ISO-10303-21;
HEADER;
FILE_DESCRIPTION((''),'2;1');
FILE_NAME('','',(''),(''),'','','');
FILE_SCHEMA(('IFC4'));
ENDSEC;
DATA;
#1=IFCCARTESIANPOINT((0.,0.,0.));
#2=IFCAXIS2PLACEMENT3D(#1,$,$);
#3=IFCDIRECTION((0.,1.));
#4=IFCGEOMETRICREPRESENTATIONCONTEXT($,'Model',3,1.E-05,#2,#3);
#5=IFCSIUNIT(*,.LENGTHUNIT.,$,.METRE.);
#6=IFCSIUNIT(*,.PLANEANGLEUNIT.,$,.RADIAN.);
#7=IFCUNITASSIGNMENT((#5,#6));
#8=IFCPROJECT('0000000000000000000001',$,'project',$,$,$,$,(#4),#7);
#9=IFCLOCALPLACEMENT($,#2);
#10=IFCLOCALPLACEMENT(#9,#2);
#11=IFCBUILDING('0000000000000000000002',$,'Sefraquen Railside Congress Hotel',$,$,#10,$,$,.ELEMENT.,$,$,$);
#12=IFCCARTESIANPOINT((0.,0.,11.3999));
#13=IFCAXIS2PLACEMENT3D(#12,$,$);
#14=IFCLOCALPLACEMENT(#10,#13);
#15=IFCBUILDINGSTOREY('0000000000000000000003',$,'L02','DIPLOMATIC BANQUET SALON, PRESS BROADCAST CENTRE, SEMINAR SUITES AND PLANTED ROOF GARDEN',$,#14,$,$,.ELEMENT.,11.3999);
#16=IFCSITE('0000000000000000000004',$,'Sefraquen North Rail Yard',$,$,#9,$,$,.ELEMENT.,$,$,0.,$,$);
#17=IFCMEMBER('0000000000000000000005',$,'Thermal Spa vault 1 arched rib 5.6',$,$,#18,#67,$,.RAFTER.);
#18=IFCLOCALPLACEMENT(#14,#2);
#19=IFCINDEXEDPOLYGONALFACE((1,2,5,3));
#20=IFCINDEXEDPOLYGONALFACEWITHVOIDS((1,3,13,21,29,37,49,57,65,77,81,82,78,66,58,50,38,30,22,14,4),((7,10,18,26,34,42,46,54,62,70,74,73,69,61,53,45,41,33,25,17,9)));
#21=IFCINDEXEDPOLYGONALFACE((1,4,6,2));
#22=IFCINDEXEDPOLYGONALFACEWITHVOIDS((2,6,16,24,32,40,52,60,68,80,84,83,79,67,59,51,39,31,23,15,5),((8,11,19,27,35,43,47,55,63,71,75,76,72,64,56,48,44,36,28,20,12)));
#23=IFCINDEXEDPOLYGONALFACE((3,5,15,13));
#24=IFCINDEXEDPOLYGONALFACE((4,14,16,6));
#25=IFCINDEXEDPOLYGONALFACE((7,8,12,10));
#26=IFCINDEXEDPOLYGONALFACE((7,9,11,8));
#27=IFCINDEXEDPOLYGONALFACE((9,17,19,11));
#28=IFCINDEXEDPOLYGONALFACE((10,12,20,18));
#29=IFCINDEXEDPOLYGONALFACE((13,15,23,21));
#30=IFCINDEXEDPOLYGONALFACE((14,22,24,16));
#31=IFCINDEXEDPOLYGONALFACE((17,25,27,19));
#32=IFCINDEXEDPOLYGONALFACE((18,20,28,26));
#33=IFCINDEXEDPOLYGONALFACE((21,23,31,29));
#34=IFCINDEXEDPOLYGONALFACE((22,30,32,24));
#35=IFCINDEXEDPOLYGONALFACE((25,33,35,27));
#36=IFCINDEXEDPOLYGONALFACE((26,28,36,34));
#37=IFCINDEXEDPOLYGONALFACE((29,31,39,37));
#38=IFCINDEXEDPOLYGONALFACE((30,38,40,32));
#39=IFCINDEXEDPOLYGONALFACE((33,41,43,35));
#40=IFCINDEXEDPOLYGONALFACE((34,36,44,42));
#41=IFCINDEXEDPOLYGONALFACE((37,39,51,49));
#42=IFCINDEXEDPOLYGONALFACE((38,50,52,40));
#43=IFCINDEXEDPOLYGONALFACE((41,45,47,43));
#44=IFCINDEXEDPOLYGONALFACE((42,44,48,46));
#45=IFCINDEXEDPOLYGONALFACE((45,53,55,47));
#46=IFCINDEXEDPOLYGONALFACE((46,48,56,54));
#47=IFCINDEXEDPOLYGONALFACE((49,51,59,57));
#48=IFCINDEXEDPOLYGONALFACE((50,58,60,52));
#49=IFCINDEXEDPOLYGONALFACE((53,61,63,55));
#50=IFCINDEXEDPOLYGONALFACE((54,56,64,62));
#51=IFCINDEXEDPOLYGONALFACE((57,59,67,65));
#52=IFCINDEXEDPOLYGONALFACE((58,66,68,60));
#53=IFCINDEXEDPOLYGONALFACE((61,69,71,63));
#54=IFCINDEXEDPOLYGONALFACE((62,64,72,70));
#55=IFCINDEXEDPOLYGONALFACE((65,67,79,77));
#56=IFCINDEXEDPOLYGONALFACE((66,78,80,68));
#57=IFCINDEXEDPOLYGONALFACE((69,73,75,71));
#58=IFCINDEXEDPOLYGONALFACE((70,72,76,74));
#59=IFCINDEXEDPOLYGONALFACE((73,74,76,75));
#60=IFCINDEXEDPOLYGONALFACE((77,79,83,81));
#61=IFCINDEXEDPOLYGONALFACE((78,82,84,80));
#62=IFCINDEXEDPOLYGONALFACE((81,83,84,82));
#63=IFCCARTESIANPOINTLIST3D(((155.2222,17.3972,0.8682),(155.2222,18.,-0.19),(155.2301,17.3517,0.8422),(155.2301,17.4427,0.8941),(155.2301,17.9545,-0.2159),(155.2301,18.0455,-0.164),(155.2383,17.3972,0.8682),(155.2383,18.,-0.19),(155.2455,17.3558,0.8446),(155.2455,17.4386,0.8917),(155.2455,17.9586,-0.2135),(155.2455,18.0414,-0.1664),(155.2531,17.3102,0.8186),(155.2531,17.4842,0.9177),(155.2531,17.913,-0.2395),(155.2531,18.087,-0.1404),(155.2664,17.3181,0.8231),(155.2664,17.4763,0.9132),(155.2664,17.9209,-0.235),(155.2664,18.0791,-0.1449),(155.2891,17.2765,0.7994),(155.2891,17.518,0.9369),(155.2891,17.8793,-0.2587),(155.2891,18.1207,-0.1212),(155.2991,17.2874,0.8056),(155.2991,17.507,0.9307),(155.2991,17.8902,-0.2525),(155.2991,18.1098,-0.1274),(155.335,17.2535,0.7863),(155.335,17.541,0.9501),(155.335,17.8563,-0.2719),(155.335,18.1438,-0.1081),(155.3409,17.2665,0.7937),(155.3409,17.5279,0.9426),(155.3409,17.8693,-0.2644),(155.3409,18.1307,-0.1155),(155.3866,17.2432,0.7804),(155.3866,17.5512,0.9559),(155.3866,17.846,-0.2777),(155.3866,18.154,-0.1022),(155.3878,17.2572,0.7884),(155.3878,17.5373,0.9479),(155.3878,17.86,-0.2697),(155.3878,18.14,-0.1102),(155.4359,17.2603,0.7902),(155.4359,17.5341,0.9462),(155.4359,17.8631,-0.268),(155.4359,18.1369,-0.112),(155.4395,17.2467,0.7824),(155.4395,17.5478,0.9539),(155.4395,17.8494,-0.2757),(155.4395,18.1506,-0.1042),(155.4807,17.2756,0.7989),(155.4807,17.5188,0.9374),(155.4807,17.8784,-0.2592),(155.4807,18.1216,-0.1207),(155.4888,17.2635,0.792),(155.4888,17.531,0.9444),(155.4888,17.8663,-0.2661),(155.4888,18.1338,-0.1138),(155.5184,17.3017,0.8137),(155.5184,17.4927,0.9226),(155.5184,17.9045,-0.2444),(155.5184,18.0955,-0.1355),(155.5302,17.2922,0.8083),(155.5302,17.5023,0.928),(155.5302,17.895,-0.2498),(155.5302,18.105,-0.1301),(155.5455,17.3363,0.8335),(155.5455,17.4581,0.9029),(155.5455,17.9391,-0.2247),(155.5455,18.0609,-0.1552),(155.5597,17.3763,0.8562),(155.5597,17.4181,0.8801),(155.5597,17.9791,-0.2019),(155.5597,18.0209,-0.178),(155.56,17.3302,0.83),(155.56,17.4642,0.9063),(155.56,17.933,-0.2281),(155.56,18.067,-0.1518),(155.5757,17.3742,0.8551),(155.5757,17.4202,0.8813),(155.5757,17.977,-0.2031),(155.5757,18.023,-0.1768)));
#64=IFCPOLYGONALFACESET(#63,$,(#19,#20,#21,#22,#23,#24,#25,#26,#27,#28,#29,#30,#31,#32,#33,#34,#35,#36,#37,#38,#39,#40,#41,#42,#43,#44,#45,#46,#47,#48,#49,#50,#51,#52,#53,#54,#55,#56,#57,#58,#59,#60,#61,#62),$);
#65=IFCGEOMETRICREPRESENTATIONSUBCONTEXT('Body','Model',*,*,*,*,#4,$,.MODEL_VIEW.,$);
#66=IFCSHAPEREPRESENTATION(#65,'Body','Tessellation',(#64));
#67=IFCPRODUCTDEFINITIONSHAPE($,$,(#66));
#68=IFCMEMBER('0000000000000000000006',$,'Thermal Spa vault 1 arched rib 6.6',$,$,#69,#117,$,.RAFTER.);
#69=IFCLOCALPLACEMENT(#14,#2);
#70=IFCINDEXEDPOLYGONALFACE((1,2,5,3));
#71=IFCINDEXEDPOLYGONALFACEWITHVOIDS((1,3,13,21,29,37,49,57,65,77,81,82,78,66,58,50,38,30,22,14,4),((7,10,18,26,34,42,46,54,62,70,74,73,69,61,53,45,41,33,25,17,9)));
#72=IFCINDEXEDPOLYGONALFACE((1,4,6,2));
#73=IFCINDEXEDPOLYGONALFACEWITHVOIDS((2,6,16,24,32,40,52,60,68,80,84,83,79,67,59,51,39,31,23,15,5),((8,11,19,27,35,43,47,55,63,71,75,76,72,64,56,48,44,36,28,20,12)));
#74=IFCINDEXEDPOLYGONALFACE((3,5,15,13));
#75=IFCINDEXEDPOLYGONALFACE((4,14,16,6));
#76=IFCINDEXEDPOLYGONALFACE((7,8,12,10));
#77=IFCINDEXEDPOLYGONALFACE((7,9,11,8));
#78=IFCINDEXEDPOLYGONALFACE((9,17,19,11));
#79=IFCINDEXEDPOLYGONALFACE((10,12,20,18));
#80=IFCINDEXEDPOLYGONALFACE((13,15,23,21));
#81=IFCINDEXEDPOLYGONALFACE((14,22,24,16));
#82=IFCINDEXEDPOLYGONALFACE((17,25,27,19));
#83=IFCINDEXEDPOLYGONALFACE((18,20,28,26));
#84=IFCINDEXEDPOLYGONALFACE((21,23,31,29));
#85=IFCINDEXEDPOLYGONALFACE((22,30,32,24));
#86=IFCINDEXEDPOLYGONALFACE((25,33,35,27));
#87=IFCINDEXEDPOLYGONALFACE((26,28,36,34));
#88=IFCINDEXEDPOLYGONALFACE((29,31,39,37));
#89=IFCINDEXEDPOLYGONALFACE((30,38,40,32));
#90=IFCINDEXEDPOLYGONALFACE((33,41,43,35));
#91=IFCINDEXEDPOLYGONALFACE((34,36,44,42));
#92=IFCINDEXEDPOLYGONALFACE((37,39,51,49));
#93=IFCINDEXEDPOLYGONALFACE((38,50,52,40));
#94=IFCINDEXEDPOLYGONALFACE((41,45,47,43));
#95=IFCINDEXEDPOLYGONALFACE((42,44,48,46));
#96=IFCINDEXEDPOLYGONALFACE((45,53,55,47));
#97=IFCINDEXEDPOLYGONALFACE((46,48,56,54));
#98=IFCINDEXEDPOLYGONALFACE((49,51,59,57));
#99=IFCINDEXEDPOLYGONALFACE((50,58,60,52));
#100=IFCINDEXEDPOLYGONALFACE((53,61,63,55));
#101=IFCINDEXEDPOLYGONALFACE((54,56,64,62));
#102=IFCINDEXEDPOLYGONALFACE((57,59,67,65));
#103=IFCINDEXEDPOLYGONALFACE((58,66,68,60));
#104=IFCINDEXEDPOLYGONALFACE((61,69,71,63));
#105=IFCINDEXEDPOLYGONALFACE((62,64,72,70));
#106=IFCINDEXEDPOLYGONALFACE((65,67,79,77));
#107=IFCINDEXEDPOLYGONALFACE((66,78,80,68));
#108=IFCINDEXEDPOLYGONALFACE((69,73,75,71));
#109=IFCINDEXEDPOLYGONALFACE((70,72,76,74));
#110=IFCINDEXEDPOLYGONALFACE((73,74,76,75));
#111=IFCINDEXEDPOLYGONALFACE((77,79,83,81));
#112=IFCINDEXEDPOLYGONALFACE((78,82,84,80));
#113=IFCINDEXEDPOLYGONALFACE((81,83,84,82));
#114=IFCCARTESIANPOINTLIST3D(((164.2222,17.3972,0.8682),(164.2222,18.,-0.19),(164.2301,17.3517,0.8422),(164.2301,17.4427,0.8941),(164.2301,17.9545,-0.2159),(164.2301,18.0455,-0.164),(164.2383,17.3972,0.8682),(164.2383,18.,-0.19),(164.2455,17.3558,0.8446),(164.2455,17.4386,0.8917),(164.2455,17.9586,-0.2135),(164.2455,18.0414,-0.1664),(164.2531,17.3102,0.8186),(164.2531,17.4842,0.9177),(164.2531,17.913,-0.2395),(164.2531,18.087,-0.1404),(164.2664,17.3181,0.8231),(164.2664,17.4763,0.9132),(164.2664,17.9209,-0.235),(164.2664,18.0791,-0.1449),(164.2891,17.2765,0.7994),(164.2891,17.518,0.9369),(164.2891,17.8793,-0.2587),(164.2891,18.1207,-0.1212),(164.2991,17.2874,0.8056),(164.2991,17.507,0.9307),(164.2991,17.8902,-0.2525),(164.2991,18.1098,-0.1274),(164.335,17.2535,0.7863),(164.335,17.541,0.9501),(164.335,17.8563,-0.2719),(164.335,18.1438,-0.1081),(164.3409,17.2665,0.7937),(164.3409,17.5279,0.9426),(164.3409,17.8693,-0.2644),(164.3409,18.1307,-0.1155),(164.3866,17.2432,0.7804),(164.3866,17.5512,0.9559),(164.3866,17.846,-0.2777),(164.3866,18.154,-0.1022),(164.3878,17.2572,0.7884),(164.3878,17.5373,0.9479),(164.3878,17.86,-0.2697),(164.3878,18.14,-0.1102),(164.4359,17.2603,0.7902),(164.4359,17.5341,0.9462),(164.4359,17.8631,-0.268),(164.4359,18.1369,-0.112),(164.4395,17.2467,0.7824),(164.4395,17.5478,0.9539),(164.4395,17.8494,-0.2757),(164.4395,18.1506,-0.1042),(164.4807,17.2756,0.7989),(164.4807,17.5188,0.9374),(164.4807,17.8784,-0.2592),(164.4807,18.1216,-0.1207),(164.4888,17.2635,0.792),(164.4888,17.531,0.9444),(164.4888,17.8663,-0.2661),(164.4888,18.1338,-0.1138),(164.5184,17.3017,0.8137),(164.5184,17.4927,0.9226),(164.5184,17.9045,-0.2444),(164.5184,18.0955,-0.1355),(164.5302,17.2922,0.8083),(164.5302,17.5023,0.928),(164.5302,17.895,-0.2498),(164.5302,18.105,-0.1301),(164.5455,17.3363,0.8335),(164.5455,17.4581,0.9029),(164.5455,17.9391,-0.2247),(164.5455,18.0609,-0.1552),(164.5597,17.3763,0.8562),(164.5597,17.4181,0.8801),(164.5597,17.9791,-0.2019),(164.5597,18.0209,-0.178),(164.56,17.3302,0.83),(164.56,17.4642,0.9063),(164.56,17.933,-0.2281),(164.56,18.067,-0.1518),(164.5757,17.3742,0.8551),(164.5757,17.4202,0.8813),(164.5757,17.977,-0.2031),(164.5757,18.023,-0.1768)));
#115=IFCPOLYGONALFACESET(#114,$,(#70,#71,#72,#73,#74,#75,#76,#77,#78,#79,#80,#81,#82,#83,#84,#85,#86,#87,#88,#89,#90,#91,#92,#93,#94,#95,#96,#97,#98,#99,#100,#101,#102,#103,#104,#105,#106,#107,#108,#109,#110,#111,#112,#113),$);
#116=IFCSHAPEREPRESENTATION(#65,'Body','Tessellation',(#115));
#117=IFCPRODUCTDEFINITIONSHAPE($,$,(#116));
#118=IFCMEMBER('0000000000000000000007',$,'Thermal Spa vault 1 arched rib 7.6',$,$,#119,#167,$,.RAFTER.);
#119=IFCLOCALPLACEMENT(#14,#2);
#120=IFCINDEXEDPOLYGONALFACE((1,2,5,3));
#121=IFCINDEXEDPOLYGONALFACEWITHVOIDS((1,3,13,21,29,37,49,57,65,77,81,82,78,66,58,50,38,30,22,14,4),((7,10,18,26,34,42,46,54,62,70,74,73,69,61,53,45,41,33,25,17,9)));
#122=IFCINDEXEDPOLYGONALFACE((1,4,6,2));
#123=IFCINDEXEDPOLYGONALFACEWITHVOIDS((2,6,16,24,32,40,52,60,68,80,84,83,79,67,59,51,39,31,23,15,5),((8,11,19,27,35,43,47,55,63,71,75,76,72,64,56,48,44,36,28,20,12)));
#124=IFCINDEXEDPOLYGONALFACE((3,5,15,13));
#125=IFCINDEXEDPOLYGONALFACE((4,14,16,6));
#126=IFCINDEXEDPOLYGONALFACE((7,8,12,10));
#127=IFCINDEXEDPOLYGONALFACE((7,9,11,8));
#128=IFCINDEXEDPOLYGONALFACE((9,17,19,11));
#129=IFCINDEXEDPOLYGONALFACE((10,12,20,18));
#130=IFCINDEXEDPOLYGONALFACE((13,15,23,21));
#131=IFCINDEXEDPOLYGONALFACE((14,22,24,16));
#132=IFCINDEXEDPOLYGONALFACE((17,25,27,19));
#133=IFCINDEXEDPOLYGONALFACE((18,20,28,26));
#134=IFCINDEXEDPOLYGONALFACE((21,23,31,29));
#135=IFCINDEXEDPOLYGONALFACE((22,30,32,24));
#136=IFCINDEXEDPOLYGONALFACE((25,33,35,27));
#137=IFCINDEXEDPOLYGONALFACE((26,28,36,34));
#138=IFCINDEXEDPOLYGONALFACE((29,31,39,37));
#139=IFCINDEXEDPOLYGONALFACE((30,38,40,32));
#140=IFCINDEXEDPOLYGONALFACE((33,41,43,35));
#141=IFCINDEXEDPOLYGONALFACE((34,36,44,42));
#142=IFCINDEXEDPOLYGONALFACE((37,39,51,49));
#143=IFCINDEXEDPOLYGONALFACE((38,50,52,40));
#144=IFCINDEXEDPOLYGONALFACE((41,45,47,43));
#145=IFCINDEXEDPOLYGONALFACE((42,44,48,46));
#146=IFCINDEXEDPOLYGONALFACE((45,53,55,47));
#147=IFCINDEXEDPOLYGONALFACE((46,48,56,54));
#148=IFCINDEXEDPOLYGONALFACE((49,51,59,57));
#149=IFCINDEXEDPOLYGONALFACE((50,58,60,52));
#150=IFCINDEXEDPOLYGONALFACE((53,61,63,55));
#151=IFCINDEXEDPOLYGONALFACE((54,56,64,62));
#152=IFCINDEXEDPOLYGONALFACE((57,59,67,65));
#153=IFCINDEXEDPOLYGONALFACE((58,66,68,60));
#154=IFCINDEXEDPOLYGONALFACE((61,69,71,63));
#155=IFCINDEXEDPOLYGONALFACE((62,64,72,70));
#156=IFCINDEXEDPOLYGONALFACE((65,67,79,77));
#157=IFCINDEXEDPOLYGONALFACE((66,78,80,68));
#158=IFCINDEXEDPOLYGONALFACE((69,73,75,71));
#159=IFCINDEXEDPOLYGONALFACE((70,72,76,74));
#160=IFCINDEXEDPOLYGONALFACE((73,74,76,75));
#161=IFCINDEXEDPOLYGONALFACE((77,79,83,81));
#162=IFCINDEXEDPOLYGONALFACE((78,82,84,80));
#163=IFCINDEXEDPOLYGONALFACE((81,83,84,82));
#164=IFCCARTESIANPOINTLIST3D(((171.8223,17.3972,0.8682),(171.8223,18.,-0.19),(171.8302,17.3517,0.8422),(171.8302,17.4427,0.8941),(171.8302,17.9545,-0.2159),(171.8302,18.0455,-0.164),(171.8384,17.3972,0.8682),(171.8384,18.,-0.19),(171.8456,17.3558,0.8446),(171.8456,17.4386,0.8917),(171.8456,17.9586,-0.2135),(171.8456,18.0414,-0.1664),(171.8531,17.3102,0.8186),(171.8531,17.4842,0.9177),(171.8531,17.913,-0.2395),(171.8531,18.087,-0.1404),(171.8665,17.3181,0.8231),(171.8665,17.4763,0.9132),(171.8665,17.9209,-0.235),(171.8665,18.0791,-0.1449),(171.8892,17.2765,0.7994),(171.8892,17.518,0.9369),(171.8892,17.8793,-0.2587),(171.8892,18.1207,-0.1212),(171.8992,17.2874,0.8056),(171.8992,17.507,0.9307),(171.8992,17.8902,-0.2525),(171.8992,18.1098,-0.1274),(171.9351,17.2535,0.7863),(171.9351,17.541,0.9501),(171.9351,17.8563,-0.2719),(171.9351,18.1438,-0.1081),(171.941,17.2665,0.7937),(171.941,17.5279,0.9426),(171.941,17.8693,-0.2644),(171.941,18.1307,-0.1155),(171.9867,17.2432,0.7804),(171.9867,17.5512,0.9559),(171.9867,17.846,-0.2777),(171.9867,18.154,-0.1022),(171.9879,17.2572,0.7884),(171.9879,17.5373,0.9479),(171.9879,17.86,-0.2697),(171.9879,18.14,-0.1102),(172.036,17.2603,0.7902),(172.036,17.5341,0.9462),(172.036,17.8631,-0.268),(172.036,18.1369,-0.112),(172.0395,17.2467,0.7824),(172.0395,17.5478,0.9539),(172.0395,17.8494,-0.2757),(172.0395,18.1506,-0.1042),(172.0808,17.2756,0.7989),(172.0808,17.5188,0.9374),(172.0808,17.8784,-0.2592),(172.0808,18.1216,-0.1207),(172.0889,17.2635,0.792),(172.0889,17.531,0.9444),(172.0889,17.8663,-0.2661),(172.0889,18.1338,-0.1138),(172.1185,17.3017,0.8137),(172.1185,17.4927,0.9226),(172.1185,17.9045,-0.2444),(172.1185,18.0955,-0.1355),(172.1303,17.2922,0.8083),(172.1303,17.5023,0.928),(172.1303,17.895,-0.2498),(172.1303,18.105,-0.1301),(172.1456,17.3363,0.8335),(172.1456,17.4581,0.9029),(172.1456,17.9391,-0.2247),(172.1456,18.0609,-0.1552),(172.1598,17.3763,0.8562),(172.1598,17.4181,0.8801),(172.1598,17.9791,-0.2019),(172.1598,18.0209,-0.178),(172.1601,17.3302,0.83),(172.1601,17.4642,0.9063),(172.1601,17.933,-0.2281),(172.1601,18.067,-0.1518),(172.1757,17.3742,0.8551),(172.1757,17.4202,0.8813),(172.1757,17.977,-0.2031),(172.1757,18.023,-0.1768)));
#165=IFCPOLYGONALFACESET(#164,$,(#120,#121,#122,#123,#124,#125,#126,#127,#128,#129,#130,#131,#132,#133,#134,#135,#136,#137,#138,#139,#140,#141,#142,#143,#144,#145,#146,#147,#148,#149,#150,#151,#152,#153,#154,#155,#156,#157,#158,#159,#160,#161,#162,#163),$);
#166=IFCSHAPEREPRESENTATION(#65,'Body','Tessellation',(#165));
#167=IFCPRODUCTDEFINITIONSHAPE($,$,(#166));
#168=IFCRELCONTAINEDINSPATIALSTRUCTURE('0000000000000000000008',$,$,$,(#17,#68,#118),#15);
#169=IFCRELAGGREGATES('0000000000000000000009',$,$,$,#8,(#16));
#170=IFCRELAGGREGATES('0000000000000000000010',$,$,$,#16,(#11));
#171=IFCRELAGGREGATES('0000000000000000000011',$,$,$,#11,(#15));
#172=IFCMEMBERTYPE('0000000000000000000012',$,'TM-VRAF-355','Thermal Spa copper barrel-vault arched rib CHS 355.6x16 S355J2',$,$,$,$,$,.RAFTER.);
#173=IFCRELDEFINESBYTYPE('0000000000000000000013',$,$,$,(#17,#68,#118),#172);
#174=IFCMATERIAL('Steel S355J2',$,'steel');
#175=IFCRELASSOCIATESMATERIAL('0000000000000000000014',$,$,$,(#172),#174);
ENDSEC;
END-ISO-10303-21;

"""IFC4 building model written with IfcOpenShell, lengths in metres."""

from ifc_helpers import new_model, si_unit, direction, frame, origin, origin_2d, place, context, subcontext, project, spatial, hollow_circle, extrude, material, material_profile, profile_set, type_object, element, save


model = new_model("IFC4")

# Units and contexts
model_context = context("Model", 3, precision=1e-05, world=origin(), true_north=direction((0.0, 1.0)))
body_context = subcontext(model_context, "Body", "Model", "MODEL_VIEW")
ifc_project = project(units=[si_unit("LENGTHUNIT", "METRE"), si_unit("PLANEANGLEUNIT", "RADIAN")], contexts=[model_context])

# Site, building, storey
site_placement = place(None, origin())
site = spatial("IfcSite", under=ifc_project, at=site_placement, Name="Sefraquen North Rail Yard", CompositionType="ELEMENT", RefElevation=0.0)
building_placement = place(site_placement, origin())
building = spatial("IfcBuilding", under=site, at=building_placement, Name="Sefraquen Railside Congress Hotel", CompositionType="ELEMENT")
storey_placement = place(building_placement, frame((0.0, 0.0, 11.3999)))
storey = spatial("IfcBuildingStorey", under=building, at=storey_placement, Name="L02", Description="DIPLOMATIC BANQUET SALON, PRESS BROADCAST CENTRE, SEMINAR SUITES AND PLANTED ROOF GARDEN", CompositionType="ELEMENT", Elevation=11.3999)

# Members
ifc_material_1 = material(Name="Steel S355J2", Category="steel")
ifc_material_profile_1 = material_profile(ifc_material_1, hollow_circle(Radius=0.1777, WallThickness=0.0161, at=origin_2d()), Name="CHS 355.6x16")
ifc_profile_set_1 = profile_set([ifc_material_profile_1], Name="Steel S355J2")
member_type = type_object("IfcMemberType", Name="TM-VRAF-355", Description="Thermal Spa copper barrel-vault arched rib CHS 355.6x16 S355J2", PredefinedType="RAFTER", material=ifc_profile_set_1)
for number, where, z_axis, x_axis, name in (
    (1, (155.3999, 17.3972, 0.8682), (0.0, 0.494994, -0.868896), (-1.0, 0.0, 0.0), "Thermal Spa vault 1 arched rib 5.6"),
    (2, (164.3999, 17.3972, 0.8682), (0.0, 0.494994, -0.868896), (-1.0, 0.0, 0.0), "Thermal Spa vault 1 arched rib 6.6"),
    (3, (172.0, 17.3972, 0.8682), (0.0, 0.494994, -0.868896), (-1.0, 0.0, 0.0), "Thermal Spa vault 1 arched rib 7.6"),
):
    element("IfcMember", number, at=place(storey_placement, frame(where, z_axis=z_axis, x_axis=x_axis)), inside=storey, type_object=member_type, Name=name, PredefinedType="RAFTER", context=body_context, shape_type="SweptSolid", body=[
        extrude(hollow_circle(Radius=0.1777, WallThickness=0.0161, at=origin_2d()), origin(), (0.0, 0.0, 1.0), 1.2178),
    ])

save(model, "model.ifc")
